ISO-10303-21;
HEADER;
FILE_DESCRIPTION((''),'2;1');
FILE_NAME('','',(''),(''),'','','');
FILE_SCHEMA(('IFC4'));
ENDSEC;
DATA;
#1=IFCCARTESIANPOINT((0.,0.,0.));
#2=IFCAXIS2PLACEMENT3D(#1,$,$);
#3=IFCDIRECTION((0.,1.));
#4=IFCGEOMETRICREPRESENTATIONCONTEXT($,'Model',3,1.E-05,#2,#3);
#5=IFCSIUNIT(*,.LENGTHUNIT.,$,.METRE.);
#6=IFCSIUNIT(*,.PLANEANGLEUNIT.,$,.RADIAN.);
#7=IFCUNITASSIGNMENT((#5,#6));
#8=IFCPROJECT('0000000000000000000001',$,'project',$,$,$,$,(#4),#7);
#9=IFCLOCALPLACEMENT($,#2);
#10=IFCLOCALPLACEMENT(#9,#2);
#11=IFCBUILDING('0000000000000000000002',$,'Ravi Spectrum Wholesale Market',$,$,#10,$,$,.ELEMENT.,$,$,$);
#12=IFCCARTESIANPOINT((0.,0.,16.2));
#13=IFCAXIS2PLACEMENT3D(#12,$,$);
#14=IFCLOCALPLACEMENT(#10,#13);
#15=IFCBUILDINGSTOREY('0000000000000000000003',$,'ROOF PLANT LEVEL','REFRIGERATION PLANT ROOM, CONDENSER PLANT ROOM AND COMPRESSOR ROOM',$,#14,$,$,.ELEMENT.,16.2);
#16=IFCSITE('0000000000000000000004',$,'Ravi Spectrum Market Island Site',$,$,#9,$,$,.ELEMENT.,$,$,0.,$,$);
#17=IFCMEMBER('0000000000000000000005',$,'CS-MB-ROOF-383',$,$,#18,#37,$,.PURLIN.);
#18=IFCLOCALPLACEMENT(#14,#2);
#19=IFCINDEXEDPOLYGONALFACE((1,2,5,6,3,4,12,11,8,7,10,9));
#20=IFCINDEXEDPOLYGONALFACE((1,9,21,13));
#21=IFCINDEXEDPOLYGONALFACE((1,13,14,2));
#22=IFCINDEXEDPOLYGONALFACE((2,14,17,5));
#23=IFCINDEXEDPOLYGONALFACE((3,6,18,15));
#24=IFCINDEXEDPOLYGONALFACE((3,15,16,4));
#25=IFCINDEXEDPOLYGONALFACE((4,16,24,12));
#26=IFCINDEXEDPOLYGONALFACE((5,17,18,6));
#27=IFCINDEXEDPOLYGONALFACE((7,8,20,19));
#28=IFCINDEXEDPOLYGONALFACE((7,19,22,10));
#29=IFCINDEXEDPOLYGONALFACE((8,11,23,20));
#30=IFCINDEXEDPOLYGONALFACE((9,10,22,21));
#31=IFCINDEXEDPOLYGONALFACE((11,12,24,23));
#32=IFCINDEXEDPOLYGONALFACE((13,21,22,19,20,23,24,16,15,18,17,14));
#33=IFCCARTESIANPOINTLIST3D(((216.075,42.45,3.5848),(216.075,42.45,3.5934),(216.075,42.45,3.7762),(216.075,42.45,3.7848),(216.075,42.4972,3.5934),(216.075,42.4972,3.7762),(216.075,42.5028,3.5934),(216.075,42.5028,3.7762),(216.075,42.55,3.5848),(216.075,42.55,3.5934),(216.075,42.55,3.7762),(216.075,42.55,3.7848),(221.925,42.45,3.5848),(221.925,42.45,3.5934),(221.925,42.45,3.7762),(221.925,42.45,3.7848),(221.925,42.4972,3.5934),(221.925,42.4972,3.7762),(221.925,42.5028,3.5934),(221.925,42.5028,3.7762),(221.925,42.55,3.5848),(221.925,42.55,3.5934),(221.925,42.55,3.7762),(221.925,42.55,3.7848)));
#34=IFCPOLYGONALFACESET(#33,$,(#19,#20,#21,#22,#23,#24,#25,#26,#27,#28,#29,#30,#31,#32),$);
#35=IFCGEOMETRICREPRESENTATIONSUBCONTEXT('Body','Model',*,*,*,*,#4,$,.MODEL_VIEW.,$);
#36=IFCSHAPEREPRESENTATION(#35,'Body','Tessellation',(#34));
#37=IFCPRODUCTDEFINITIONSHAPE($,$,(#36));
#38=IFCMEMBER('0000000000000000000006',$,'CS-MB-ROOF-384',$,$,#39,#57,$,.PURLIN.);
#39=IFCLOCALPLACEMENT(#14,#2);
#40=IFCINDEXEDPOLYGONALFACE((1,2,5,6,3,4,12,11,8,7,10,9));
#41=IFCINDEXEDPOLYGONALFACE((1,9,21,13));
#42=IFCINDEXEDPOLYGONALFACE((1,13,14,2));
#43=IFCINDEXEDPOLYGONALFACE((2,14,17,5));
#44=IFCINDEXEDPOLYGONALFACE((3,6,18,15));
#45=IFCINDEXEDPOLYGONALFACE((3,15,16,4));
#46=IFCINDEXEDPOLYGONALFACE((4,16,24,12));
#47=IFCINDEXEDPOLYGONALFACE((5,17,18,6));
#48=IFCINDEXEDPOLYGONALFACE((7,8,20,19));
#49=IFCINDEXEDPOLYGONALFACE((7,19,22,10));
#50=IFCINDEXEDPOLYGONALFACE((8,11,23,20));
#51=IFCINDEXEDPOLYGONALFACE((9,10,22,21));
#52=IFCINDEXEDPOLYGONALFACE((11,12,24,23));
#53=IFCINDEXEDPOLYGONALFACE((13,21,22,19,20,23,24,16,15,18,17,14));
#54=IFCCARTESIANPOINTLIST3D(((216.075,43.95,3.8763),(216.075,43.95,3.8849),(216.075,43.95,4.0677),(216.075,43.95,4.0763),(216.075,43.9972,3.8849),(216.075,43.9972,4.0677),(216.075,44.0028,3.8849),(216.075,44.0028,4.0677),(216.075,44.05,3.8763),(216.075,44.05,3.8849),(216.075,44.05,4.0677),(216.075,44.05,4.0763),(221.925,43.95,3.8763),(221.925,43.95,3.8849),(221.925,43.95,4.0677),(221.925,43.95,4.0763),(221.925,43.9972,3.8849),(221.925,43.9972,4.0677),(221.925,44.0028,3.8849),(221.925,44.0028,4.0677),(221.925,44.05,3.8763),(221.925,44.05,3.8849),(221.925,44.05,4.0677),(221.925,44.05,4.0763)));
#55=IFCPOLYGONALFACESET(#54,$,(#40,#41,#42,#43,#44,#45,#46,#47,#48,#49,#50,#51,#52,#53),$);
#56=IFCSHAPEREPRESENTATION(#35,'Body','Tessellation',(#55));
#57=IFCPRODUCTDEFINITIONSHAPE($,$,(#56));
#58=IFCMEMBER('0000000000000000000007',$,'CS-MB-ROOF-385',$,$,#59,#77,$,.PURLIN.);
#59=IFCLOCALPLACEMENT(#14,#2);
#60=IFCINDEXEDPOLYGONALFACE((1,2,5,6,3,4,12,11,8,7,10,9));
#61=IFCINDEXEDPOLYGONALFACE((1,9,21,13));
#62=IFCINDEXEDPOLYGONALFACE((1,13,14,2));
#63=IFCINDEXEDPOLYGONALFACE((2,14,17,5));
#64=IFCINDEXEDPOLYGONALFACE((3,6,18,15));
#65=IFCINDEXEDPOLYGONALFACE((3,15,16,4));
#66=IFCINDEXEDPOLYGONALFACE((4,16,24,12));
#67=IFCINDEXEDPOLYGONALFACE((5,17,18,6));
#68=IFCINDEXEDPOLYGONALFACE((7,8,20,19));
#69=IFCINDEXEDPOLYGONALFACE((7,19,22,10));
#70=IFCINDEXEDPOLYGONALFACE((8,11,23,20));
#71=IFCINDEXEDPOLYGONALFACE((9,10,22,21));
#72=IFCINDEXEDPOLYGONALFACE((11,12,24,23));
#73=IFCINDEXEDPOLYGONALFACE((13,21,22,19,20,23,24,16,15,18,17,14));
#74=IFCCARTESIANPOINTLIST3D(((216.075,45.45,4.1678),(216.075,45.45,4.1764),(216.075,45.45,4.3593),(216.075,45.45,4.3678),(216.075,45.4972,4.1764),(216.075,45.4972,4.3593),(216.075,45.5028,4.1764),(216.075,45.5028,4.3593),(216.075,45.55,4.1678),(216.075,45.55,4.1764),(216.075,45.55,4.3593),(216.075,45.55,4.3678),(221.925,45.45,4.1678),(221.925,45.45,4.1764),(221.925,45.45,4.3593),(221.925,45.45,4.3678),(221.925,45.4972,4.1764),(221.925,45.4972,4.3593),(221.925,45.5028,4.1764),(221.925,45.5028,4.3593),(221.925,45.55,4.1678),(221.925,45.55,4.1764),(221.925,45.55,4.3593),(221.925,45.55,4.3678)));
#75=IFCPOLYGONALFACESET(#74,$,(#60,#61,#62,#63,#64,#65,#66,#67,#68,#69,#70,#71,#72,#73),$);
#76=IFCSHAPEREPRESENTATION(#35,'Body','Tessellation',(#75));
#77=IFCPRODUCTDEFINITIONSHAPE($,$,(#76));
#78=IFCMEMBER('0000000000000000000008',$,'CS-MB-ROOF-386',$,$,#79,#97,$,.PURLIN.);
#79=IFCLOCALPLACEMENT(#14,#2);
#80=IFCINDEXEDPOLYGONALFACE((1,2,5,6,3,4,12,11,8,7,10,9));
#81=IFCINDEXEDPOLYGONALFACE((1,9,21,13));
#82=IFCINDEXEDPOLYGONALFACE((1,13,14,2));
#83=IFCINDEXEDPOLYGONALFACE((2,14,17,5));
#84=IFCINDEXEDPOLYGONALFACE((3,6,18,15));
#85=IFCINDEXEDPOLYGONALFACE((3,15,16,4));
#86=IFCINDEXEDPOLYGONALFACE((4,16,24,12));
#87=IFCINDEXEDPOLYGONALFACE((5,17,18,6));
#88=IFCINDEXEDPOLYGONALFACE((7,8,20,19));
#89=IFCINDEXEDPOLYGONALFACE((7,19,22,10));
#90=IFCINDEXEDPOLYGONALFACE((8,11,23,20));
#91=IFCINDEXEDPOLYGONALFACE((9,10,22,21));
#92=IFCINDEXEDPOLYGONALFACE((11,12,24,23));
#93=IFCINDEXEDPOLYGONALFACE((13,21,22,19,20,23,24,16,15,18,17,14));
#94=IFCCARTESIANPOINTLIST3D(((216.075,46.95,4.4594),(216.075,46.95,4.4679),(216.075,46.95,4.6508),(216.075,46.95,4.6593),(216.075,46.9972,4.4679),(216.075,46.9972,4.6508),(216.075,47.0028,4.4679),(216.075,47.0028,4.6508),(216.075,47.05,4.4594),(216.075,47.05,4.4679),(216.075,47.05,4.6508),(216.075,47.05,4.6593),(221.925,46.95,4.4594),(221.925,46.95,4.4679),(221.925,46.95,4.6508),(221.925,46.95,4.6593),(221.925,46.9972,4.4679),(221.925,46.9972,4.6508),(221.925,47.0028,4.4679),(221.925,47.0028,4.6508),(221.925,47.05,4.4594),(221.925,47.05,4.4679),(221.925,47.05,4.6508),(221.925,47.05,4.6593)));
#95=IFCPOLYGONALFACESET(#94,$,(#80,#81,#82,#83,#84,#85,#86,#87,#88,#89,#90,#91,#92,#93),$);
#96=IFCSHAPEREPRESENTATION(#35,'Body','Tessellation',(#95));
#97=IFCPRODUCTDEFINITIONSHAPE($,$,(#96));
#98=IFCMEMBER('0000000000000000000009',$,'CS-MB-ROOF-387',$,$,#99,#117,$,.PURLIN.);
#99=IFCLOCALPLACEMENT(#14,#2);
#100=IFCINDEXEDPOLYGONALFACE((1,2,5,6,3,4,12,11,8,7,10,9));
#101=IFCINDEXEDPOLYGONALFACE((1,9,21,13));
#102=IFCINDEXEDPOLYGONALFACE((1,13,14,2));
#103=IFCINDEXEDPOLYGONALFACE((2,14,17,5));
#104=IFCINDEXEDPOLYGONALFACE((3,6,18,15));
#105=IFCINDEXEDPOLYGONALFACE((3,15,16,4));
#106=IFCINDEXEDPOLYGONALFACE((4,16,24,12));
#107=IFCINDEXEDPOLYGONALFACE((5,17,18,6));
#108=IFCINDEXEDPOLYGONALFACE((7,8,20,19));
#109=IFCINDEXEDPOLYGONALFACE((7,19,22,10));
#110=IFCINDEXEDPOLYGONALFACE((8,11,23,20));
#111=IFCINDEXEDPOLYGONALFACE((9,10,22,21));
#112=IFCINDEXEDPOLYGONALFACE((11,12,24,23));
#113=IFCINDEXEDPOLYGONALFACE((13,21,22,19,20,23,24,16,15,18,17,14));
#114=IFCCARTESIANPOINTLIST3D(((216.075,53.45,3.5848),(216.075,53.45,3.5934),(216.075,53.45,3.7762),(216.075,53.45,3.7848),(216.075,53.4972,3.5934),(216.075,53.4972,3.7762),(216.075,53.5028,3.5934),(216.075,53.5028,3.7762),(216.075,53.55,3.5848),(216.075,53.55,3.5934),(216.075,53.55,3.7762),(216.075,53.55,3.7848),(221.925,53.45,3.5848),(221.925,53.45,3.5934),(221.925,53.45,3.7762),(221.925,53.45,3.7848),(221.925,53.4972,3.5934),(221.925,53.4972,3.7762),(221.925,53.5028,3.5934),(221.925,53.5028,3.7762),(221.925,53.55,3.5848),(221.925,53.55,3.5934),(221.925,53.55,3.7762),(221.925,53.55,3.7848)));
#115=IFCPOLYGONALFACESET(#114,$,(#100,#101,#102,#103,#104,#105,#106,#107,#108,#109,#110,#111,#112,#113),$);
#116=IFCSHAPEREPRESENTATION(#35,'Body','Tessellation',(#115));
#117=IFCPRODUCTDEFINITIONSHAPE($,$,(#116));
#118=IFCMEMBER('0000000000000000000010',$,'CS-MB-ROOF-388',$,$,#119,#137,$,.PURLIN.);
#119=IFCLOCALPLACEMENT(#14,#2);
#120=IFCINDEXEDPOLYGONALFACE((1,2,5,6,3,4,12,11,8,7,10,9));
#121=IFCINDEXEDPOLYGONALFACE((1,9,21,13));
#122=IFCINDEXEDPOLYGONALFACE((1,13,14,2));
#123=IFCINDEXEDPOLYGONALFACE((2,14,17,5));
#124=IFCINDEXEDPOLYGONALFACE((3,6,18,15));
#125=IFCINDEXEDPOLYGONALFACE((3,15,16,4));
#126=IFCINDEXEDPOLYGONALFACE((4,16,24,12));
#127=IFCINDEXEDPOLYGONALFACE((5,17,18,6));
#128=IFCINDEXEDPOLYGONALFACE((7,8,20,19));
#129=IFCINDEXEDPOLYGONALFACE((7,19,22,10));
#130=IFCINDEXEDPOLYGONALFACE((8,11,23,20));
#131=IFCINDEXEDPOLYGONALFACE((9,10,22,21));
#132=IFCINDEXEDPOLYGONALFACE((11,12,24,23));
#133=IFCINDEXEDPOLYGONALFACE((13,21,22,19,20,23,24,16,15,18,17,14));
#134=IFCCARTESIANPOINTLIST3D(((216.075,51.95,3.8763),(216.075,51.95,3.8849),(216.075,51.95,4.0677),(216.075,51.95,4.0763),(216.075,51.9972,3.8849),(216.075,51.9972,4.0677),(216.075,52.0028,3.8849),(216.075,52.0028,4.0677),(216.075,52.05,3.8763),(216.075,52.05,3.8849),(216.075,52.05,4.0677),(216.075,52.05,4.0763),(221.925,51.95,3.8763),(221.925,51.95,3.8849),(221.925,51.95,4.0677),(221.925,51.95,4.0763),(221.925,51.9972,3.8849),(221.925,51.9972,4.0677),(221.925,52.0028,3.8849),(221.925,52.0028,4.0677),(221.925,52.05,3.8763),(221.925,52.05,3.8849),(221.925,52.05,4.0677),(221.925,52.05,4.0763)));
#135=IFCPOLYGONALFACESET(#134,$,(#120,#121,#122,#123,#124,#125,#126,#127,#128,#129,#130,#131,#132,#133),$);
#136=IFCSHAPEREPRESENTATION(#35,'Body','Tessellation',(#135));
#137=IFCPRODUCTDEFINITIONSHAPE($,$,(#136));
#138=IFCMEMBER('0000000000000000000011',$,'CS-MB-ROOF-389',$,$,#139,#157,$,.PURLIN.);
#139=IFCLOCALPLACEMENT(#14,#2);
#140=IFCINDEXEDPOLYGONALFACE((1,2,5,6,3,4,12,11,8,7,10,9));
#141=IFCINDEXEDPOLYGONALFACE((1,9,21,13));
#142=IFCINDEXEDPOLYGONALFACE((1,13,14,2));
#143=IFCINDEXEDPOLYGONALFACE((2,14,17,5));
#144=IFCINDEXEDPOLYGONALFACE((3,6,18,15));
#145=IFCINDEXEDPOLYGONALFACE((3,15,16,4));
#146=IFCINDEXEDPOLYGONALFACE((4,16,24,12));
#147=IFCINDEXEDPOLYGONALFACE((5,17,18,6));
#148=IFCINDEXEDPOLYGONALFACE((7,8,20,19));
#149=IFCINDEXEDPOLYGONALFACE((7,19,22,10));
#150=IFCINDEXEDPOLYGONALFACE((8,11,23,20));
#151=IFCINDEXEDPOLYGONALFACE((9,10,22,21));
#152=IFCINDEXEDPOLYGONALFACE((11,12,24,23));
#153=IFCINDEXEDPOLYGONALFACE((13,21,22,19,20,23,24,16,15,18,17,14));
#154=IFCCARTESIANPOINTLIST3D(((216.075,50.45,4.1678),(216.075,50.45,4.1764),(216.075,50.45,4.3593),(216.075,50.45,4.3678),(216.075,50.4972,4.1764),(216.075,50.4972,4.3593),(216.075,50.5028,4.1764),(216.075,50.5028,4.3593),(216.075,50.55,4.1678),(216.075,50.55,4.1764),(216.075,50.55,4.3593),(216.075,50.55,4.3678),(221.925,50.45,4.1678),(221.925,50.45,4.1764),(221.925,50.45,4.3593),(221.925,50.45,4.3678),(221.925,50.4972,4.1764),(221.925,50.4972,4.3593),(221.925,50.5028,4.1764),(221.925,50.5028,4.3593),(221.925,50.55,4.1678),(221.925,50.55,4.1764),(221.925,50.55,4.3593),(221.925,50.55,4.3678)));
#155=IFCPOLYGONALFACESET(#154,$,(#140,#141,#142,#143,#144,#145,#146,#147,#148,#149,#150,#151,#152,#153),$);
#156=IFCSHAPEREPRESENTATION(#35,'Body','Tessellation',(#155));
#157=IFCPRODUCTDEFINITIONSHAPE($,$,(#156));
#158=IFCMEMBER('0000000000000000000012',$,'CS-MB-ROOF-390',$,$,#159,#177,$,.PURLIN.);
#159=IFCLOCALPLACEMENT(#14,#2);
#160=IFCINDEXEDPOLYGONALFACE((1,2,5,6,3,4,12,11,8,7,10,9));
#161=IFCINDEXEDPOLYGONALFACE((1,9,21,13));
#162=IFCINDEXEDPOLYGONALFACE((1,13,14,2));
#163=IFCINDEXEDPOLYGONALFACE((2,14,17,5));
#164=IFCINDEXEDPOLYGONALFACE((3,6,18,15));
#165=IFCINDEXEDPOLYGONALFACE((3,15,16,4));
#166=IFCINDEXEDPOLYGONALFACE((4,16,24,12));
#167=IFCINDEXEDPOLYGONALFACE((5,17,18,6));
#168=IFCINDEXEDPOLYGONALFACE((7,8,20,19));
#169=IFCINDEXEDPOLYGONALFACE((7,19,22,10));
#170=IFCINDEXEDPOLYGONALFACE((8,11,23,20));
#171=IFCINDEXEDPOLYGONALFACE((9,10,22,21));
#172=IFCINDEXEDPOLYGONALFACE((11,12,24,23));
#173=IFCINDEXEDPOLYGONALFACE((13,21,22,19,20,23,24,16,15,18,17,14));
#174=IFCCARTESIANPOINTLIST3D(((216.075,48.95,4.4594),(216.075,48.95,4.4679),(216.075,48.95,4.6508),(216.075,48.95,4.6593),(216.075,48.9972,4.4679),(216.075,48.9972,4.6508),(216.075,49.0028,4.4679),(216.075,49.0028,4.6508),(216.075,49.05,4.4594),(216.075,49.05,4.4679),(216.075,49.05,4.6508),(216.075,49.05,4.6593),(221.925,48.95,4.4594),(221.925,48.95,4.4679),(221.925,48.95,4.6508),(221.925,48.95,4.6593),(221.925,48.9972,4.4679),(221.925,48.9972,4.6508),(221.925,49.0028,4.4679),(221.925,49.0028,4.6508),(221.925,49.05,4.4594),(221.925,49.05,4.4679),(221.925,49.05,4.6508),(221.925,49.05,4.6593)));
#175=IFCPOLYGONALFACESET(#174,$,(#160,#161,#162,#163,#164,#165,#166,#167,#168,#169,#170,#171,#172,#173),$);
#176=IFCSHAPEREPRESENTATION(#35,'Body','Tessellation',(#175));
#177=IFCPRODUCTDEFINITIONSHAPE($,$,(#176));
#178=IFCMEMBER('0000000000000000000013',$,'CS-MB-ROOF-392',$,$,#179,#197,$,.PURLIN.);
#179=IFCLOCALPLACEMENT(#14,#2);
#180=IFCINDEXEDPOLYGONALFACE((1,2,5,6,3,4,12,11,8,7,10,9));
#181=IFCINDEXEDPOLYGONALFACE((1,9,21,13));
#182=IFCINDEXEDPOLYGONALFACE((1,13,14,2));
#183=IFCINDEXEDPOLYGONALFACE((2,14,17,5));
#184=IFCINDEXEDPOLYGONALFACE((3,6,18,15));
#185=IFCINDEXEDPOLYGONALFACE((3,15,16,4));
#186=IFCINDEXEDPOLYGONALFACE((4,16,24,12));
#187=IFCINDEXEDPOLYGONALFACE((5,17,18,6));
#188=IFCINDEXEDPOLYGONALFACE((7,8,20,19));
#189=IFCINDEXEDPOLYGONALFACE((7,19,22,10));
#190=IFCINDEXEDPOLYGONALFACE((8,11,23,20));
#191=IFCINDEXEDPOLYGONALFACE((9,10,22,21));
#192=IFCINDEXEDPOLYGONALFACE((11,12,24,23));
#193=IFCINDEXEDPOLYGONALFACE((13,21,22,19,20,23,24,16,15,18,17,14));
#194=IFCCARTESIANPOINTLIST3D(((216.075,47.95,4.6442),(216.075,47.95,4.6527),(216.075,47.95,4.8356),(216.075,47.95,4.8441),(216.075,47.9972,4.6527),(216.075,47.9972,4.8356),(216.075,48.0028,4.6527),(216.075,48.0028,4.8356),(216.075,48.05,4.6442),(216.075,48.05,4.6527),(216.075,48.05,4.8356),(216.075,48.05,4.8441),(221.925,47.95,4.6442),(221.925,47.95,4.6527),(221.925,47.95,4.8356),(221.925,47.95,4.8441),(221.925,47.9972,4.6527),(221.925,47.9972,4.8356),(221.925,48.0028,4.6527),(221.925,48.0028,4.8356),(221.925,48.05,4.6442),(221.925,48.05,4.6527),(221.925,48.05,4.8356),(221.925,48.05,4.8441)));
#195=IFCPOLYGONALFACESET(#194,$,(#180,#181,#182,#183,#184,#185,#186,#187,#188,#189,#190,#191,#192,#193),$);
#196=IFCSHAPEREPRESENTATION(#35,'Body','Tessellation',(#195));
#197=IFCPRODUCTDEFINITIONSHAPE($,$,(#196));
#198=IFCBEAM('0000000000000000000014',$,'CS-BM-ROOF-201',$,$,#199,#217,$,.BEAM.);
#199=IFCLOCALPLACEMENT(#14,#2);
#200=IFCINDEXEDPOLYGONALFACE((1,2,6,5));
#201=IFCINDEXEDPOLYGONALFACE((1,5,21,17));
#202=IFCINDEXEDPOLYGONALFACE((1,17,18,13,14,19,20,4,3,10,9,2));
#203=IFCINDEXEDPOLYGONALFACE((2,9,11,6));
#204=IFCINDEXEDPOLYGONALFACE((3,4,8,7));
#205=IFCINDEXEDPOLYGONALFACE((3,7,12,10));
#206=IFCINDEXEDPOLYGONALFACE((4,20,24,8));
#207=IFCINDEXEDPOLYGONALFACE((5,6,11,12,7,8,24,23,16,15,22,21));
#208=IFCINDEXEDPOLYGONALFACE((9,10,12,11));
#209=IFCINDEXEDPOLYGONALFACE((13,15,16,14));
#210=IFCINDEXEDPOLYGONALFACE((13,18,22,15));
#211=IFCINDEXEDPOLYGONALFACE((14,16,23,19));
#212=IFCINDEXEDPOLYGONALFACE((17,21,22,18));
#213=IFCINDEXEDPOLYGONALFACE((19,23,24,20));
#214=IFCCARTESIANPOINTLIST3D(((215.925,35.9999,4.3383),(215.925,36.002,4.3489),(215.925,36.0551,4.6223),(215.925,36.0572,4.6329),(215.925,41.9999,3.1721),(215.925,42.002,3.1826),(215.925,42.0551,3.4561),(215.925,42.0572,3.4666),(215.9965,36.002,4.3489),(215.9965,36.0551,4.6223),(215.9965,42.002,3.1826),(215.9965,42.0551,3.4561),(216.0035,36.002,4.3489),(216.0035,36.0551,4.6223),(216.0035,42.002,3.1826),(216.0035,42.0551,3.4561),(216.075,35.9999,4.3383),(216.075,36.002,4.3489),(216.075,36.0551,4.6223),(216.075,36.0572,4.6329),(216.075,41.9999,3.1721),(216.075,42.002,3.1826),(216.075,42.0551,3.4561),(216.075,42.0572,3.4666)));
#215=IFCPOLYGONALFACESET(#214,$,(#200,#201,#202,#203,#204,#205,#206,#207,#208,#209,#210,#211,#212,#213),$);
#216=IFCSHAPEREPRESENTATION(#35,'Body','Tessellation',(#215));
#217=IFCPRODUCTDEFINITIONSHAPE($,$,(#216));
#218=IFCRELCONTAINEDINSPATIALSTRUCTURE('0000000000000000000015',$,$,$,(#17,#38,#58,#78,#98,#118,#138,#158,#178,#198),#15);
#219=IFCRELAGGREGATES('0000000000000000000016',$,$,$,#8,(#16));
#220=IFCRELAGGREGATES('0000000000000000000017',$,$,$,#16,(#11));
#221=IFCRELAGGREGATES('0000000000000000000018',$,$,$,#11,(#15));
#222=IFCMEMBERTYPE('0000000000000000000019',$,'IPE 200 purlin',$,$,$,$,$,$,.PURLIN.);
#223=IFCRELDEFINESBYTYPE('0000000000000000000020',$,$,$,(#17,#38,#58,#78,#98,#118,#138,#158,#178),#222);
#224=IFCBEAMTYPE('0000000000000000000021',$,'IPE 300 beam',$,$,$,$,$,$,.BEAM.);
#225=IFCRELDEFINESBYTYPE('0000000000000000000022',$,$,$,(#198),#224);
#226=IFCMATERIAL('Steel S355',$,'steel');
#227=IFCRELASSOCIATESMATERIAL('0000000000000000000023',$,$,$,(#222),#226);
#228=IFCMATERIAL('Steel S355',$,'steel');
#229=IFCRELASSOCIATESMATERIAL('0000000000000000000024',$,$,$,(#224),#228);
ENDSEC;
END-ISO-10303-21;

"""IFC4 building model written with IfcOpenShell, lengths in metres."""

from ifc_helpers import new_model, si_unit, direction, frame, origin, origin_2d, place, context, subcontext, project, spatial, i_section, extrude, material, material_profile, profile_set, type_object, element, save


model = new_model("IFC4")

# Units and contexts
model_context = context("Model", 3, precision=1e-05, world=origin(), true_north=direction((0.0, 1.0)))
body_context = subcontext(model_context, "Body", "Model", "MODEL_VIEW")
ifc_project = project(units=[si_unit("LENGTHUNIT", "METRE"), si_unit("PLANEANGLEUNIT", "RADIAN")], contexts=[model_context])

# Site, building, storey
site_placement = place(None, origin())
site = spatial("IfcSite", under=ifc_project, at=site_placement, Name="Ravi Spectrum Market Island Site", CompositionType="ELEMENT", RefElevation=0.0)
building_placement = place(site_placement, origin())
building = spatial("IfcBuilding", under=site, at=building_placement, Name="Ravi Spectrum Wholesale Market", CompositionType="ELEMENT")
storey_placement = place(building_placement, frame((0.0, 0.0, 16.2)))
storey = spatial("IfcBuildingStorey", under=building, at=storey_placement, Name="ROOF PLANT LEVEL", Description="REFRIGERATION PLANT ROOM, CONDENSER PLANT ROOM AND COMPRESSOR ROOM", CompositionType="ELEMENT", Elevation=16.2)

# Members
ifc_material_1 = material(Name="Steel S355", Category="steel")
ifc_material_profile_1 = material_profile(ifc_material_1, i_section(OverallWidth=0.1001, OverallDepth=0.2, WebThickness=0.0056, FlangeThickness=0.0085, at=origin_2d()))
ifc_profile_set_1 = profile_set([ifc_material_profile_1], Name="Steel S355")
member_type = type_object("IfcMemberType", Name="IPE 200 purlin", PredefinedType="PURLIN", material=ifc_profile_set_1)
for number, where, z_axis, x_axis, name in (
    (1, (216.075, 42.5, 3.6848), (1.0, 0.0, 0.0), (0.0, 1.0, 0.0), "CS-MB-ROOF-383"),
    (2, (216.075, 44.0, 3.9763), (1.0, 0.0, 0.0), (0.0, 1.0, 0.0), "CS-MB-ROOF-384"),
    (3, (216.075, 45.5, 4.2678), (1.0, 0.0, 0.0), (0.0, 1.0, 0.0), "CS-MB-ROOF-385"),
    (4, (216.075, 47.0, 4.5593), (1.0, 0.0, 0.0), (0.0, 1.0, 0.0), "CS-MB-ROOF-386"),
    (5, (216.075, 53.5, 3.6848), (1.0, 0.0, 0.0), (0.0, 1.0, 0.0), "CS-MB-ROOF-387"),
    (6, (216.075, 52.0, 3.9763), (1.0, 0.0, 0.0), (0.0, 1.0, 0.0), "CS-MB-ROOF-388"),
    (7, (216.075, 50.5, 4.2678), (1.0, 0.0, 0.0), (0.0, 1.0, 0.0), "CS-MB-ROOF-389"),
    (8, (216.075, 49.0, 4.5593), (1.0, 0.0, 0.0), (0.0, 1.0, 0.0), "CS-MB-ROOF-390"),
    (9, (216.075, 48.0, 4.7441), (1.0, 0.0, 0.0), (0.0, 1.0, 0.0), "CS-MB-ROOF-392"),
):
    element("IfcMember", number, at=place(storey_placement, frame(where, z_axis=z_axis, x_axis=x_axis)), inside=storey, type_object=member_type, Name=name, PredefinedType="PURLIN", context=body_context, shape_type="SweptSolid", body=[
        extrude(i_section(OverallWidth=0.1001, OverallDepth=0.2, WebThickness=0.0056, FlangeThickness=0.0085, at=origin_2d()), origin(), (0.0, 0.0, 1.0), 5.8501),
    ])

# Beam
ifc_material_2 = material(Name="Steel S355", Category="steel")
ifc_material_profile_2 = material_profile(ifc_material_2, i_section(OverallWidth=0.1499, OverallDepth=0.3, WebThickness=0.0071, FlangeThickness=0.0107, at=origin_2d()))
ifc_profile_set_2 = profile_set([ifc_material_profile_2], Name="Steel S355")
beam_type_1 = type_object("IfcBeamType", Name="IPE 300 beam", PredefinedType="BEAM", material=ifc_profile_set_2)
for number, where, z_axis, x_axis, name in (
    (10, (216.0, 42.0286, 3.3193), (0.0, -0.981628, 0.190806), (1.0, 0.0, 0.0), "CS-BM-ROOF-201"),
):
    element("IfcBeam", number, at=place(storey_placement, frame(where, z_axis=z_axis, x_axis=x_axis)), inside=storey, type_object=beam_type_1, Name=name, PredefinedType="BEAM", context=body_context, shape_type="SweptSolid", body=[
        extrude(i_section(OverallWidth=0.1499, OverallDepth=0.3, WebThickness=0.0071, FlangeThickness=0.0107, at=origin_2d()), origin(), (0.0, 0.0, 1.0), 6.1123),
    ])

save(model, "model.ifc")
